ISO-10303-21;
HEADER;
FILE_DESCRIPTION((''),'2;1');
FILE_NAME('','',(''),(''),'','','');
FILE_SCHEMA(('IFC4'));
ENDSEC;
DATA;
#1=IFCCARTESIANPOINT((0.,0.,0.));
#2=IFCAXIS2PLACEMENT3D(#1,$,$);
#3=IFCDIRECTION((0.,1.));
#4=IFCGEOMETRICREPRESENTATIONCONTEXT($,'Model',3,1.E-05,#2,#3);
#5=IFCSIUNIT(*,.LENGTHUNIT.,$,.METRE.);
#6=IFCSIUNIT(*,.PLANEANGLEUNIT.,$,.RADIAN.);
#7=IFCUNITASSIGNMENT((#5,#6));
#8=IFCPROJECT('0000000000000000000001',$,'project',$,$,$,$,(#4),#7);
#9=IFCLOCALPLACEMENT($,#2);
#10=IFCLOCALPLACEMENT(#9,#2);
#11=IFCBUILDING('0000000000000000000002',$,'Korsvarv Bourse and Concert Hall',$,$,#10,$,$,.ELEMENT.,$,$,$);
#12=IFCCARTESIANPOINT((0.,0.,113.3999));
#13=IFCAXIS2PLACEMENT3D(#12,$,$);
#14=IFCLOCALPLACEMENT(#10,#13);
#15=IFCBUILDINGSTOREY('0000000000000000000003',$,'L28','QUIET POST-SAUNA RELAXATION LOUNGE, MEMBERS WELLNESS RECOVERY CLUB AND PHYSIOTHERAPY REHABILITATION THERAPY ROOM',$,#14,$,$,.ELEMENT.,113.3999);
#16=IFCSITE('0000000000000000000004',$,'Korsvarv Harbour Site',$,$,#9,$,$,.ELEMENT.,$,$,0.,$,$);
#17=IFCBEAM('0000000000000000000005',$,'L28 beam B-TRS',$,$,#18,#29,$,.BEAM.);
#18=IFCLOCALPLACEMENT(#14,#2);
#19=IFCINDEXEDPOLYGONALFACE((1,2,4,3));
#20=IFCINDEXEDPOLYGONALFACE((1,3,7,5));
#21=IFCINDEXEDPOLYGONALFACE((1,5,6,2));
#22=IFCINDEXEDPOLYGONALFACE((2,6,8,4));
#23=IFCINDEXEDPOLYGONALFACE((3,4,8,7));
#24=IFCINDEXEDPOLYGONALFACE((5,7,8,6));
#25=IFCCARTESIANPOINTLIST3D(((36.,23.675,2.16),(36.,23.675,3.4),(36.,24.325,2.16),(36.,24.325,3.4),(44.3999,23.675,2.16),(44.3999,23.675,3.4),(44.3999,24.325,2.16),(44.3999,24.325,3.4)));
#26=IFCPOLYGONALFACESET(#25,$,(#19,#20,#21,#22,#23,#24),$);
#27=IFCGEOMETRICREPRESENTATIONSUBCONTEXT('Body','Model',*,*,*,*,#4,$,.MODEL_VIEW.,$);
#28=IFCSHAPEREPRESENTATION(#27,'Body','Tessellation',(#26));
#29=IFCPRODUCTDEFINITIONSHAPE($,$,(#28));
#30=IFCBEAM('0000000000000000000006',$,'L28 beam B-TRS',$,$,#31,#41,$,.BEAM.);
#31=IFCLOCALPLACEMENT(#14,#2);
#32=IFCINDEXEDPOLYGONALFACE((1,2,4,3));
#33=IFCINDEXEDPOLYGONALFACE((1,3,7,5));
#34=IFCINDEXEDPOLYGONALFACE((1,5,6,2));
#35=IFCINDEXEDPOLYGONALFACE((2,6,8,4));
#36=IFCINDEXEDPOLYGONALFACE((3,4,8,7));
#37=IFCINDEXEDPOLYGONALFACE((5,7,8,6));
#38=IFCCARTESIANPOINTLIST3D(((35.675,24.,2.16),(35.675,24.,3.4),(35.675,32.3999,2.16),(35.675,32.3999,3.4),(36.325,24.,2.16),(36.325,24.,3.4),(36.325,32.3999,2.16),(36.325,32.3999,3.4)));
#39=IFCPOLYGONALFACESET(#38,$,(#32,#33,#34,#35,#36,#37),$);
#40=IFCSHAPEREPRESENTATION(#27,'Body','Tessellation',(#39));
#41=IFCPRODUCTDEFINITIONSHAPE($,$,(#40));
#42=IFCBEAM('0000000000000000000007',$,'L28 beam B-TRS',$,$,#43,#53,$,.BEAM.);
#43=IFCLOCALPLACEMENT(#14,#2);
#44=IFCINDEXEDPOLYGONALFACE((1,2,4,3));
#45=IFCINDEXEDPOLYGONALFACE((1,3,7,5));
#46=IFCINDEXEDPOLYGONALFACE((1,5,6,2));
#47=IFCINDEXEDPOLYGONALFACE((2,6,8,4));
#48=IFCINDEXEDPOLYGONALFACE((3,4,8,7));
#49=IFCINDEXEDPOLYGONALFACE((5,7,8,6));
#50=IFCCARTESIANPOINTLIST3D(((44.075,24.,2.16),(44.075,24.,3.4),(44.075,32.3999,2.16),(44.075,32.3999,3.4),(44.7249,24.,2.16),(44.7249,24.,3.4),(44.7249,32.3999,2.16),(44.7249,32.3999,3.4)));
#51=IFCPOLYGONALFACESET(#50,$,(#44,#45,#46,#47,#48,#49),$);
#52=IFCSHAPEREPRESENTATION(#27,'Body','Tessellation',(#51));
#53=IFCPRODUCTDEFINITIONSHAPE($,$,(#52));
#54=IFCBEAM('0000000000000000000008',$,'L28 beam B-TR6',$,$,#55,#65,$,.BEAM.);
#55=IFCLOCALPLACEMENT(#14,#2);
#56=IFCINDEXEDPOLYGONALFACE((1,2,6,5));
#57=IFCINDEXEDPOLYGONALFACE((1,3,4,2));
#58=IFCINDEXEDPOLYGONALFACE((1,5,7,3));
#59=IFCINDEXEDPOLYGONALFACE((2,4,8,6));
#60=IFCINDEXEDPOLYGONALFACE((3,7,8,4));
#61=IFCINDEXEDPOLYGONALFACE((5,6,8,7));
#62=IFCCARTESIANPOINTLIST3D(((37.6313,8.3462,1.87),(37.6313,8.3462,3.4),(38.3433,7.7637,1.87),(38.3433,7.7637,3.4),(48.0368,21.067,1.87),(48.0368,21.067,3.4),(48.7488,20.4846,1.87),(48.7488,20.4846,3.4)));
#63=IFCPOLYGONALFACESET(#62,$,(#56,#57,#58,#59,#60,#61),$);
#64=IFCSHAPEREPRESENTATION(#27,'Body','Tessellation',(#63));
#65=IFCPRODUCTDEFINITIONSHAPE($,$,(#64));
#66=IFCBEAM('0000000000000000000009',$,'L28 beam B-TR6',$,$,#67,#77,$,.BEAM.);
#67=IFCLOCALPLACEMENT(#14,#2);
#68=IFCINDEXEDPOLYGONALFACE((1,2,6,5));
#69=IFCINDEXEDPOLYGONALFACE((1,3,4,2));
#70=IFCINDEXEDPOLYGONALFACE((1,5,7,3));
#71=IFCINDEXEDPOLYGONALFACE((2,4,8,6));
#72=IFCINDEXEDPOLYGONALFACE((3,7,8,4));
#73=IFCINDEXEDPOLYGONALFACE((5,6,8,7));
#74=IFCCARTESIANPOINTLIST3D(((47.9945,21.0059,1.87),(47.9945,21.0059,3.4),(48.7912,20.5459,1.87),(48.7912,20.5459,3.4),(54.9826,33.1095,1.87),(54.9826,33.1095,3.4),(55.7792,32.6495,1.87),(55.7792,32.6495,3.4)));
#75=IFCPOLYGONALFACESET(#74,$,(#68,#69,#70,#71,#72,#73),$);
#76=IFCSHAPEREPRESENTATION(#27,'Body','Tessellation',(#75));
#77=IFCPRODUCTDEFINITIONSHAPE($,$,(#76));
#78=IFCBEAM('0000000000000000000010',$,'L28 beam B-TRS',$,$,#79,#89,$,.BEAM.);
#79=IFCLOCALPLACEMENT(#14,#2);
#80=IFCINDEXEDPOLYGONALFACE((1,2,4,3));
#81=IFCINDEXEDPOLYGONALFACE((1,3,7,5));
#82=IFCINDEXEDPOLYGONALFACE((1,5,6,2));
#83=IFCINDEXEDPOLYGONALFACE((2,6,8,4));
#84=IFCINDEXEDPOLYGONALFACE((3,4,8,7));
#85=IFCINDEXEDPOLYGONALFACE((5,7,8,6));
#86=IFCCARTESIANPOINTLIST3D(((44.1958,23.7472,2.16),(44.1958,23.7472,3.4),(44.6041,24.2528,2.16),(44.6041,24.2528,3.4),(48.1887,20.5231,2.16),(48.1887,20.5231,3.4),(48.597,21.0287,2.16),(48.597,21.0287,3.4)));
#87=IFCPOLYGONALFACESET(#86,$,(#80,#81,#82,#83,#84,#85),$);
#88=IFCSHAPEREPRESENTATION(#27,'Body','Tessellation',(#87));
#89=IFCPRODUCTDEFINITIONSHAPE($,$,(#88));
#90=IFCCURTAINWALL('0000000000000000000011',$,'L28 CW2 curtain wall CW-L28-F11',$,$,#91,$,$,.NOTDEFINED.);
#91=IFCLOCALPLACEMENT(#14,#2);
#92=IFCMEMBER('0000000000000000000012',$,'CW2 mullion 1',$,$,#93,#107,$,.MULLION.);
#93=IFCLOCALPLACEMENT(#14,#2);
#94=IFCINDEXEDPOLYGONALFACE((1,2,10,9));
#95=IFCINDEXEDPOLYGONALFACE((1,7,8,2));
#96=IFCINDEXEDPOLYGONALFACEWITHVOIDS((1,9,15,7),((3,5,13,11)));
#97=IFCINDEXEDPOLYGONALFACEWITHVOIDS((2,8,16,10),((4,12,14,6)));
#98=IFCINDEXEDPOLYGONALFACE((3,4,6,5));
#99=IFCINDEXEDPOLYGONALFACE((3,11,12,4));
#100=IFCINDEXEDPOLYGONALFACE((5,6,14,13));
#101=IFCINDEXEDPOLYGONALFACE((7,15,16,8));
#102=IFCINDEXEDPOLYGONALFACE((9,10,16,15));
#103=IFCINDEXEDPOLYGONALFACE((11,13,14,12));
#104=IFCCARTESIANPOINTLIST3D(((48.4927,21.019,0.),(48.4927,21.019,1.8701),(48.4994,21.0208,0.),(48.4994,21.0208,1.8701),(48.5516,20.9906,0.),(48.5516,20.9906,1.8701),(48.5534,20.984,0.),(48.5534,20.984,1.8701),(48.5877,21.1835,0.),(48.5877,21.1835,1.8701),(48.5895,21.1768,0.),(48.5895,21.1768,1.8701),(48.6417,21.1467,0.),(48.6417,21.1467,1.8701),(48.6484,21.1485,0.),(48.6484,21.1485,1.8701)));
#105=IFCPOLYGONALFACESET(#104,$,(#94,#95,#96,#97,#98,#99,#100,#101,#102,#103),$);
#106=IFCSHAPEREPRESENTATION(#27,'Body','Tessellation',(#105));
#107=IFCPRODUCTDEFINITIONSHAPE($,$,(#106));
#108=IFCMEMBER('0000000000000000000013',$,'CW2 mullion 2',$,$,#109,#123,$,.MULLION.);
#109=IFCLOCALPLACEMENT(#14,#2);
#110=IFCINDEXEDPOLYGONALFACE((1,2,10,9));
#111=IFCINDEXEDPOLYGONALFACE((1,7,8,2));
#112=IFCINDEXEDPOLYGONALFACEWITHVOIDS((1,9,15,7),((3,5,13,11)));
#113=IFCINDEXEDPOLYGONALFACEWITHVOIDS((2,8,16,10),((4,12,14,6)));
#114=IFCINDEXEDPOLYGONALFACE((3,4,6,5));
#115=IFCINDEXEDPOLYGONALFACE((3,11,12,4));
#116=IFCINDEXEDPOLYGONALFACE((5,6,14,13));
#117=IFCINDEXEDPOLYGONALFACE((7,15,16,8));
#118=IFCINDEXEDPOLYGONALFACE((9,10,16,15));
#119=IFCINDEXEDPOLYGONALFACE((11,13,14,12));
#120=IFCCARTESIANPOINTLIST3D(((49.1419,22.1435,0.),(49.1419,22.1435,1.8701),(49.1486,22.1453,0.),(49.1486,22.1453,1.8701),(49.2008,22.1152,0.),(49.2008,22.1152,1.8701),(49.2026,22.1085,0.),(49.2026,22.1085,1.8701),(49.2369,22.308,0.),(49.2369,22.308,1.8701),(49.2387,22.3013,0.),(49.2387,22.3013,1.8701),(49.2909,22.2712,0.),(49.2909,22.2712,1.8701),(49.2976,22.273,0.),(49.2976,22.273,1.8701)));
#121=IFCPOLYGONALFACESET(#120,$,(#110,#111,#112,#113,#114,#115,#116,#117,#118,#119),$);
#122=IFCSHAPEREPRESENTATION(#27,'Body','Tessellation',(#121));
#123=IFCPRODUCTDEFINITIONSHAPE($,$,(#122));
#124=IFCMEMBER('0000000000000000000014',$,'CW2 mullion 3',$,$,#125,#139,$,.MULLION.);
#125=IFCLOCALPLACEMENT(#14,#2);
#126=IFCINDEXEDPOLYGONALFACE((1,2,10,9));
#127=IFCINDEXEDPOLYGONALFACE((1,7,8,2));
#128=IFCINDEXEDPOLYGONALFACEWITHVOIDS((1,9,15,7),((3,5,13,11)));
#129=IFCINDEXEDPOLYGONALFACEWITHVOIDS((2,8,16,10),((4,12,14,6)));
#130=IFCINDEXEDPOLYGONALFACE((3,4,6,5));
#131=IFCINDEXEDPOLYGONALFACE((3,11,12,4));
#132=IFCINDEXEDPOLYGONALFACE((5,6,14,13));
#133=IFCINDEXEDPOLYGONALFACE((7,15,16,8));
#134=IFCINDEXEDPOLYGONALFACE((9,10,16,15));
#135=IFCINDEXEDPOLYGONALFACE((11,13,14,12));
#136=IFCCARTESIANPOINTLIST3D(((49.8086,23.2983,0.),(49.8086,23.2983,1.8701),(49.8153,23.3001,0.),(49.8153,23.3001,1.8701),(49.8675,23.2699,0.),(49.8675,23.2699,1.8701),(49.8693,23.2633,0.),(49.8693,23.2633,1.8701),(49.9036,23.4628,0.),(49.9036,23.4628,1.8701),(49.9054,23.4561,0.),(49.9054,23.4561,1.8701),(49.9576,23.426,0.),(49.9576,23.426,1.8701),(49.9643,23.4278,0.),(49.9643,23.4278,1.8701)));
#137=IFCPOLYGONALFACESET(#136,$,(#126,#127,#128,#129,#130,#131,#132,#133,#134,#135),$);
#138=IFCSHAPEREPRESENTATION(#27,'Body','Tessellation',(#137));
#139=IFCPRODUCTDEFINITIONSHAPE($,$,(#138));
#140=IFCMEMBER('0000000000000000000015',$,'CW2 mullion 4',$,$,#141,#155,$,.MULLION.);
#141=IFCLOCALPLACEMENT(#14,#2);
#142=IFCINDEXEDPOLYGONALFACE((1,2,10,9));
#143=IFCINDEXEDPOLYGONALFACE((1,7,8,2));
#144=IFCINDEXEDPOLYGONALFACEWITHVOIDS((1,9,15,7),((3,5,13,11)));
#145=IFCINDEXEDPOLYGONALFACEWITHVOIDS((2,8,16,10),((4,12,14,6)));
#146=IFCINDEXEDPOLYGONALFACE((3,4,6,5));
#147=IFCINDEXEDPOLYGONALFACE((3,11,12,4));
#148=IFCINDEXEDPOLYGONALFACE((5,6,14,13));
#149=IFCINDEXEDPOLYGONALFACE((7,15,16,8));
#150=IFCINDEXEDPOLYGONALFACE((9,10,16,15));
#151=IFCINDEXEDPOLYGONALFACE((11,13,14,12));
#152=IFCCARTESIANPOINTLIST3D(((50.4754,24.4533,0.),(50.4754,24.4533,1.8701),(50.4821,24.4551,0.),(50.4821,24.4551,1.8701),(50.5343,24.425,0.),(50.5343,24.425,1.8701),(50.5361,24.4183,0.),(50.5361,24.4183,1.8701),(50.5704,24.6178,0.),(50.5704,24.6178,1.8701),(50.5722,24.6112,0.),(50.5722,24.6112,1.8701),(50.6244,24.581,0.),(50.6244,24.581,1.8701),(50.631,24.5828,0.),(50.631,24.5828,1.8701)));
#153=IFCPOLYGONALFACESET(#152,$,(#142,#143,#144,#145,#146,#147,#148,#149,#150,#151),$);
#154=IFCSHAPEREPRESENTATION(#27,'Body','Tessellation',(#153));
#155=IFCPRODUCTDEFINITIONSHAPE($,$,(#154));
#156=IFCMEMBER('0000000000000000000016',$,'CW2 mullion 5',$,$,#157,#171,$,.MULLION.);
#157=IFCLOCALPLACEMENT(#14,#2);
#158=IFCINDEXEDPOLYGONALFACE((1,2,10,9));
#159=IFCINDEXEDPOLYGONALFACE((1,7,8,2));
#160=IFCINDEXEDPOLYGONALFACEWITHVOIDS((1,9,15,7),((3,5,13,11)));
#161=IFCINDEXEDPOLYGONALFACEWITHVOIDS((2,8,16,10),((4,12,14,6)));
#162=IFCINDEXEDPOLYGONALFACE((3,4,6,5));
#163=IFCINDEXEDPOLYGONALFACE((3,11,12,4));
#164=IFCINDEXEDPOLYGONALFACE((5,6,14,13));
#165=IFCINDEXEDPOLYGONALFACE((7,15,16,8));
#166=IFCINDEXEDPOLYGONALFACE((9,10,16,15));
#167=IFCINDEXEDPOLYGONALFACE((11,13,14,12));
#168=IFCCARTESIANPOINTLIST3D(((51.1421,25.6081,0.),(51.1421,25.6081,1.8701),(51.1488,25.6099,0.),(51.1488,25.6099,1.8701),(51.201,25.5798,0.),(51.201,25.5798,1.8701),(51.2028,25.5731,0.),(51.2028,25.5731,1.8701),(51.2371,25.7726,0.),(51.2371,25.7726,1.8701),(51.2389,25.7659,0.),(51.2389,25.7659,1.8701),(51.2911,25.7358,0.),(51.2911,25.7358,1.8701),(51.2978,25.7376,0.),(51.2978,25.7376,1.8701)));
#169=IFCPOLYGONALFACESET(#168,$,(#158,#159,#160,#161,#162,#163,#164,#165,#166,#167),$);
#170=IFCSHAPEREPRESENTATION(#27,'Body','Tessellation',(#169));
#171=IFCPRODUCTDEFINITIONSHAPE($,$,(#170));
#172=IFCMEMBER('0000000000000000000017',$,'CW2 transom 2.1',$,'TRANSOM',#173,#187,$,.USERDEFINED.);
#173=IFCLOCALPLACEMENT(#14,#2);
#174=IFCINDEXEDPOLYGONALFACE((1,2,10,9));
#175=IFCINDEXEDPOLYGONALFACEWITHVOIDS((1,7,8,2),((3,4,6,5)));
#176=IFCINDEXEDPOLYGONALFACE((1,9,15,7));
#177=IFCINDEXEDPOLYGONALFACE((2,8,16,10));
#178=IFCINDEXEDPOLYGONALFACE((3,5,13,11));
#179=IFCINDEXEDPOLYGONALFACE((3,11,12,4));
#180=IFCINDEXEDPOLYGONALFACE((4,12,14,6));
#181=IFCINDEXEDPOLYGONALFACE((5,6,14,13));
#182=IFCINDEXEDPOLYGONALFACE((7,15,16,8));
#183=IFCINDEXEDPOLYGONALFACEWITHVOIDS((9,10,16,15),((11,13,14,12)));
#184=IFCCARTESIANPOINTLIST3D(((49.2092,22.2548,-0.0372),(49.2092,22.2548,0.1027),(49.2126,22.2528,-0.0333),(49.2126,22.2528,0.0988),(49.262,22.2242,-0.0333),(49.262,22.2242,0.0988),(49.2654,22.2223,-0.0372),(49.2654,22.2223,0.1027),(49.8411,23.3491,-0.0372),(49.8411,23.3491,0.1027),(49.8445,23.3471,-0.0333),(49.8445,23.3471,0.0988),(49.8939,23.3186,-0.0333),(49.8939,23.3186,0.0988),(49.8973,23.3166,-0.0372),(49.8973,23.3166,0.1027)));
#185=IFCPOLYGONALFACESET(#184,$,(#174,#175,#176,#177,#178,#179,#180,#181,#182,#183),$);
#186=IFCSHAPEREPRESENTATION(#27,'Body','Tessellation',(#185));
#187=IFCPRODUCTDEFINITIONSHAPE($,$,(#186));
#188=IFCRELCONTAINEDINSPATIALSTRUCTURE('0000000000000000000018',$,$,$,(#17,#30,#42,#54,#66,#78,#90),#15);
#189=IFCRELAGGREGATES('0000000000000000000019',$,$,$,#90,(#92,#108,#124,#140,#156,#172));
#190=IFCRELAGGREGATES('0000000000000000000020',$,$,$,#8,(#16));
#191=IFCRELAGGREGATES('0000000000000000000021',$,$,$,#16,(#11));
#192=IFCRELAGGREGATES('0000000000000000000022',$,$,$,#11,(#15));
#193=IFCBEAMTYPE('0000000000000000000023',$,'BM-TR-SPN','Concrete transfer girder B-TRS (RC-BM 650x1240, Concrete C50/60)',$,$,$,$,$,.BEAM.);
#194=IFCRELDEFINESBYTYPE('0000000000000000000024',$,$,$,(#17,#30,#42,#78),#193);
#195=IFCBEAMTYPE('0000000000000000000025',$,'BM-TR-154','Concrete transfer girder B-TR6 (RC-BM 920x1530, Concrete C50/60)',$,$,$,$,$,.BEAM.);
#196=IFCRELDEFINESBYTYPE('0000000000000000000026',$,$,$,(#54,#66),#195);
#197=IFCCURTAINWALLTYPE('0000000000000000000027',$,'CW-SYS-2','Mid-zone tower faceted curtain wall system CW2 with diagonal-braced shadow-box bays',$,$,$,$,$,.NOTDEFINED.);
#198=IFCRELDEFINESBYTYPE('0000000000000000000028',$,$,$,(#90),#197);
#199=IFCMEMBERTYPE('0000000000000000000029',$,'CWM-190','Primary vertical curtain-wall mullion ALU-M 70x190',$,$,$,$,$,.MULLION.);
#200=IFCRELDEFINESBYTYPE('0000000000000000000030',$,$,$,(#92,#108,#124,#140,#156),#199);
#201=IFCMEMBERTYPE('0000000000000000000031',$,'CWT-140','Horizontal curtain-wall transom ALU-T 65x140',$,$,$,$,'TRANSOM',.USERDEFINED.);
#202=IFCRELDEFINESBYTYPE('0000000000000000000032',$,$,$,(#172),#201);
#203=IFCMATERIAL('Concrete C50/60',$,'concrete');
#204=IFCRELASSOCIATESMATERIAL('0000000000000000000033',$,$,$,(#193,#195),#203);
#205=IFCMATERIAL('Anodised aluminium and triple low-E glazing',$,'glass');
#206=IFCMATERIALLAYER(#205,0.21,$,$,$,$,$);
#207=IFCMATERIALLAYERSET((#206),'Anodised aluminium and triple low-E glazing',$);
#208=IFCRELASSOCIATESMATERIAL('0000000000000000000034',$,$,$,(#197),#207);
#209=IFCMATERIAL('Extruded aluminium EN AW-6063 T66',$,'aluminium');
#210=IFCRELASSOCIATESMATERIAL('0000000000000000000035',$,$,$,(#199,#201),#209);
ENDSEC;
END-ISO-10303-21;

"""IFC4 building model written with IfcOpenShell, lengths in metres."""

from ifc_helpers import new_model, si_unit, direction, frame, origin, origin_2d, place, context, subcontext, project, spatial, rectangle, hollow_rectangle, extrude, source, transform, mapped, material, layer, layer_set, material_profile, profile_set, type_object, element, aggregate, save


model = new_model("IFC4")

# Units and contexts
model_context = context("Model", 3, precision=1e-05, world=origin(), true_north=direction((0.0, 1.0)))
body_context = subcontext(model_context, "Body", "Model", "MODEL_VIEW")
ifc_project = project(units=[si_unit("LENGTHUNIT", "METRE"), si_unit("PLANEANGLEUNIT", "RADIAN")], contexts=[model_context])

# Site, building, storey
site_placement = place(None, origin())
site = spatial("IfcSite", under=ifc_project, at=site_placement, Name="Korsvarv Harbour Site", CompositionType="ELEMENT", RefElevation=0.0)
building_placement = place(site_placement, origin())
building = spatial("IfcBuilding", under=site, at=building_placement, Name="Korsvarv Bourse and Concert Hall", CompositionType="ELEMENT")
storey_placement = place(building_placement, frame((0.0, 0.0, 113.3999)))
storey = spatial("IfcBuildingStorey", under=building, at=storey_placement, Name="L28", Description="QUIET POST-SAUNA RELAXATION LOUNGE, MEMBERS WELLNESS RECOVERY CLUB AND PHYSIOTHERAPY REHABILITATION THERAPY ROOM", CompositionType="ELEMENT", Elevation=113.3999)

# Beams
ifc_material_1 = material(Name="Concrete C50/60", Category="concrete")
ifc_material_profile_1 = material_profile(ifc_material_1, rectangle(XDim=0.6499, YDim=1.24, at=origin_2d()), Name="RC-BM 650x1240")
ifc_profile_set_1 = profile_set([ifc_material_profile_1], Name="Concrete C50/60")
beam_type_1 = type_object("IfcBeamType", Name="BM-TR-SPN", Description="Concrete transfer girder B-TRS (RC-BM 650x1240, Concrete C50/60)", PredefinedType="BEAM", material=ifc_profile_set_1)
shared_shape_1 = source(origin(), body_context, "Body", "SweptSolid", [
    extrude(rectangle(XDim=0.6499, YDim=1.24, at=origin_2d()), origin(), (0.0, 0.0, 1.0), 8.3999),
])
for number, where, z_axis, x_axis, name in (
    (1, (36.0, 24.0, 2.78), (1.0, 0.0, 0.0), (0.0, 1.0, 0.0), "L28 beam B-TRS"),
    (2, (36.0, 24.0, 2.78), (0.0, 1.0, 0.0), (-1.0, 0.0, 0.0), "L28 beam B-TRS"),
    (3, (44.3999, 24.0, 2.78), (0.0, 1.0, 0.0), (-1.0, 0.0, 0.0), "L28 beam B-TRS"),
):
    element("IfcBeam", number, at=place(storey_placement, frame(where, z_axis=z_axis, x_axis=x_axis)), inside=storey, type_object=beam_type_1, Name=name, PredefinedType="BEAM", context=body_context, shape_type="MappedRepresentation", body=[
        mapped(shared_shape_1, transform((0.0, 0.0, 0.0), scale=1.0)),
    ])
ifc_material_profile_2 = material_profile(ifc_material_1, rectangle(XDim=0.9199, YDim=1.53, at=origin_2d()), Name="RC-BM 920x1530")
ifc_profile_set_2 = profile_set([ifc_material_profile_2], Name="Concrete C50/60")
beam_type_2 = type_object("IfcBeamType", Name="BM-TR-154", Description="Concrete transfer girder B-TR6 (RC-BM 920x1530, Concrete C50/60)", PredefinedType="BEAM", material=ifc_profile_set_2)
shared_shape_2 = source(origin(), body_context, "Body", "SweptSolid", [
    extrude(rectangle(XDim=0.9199, YDim=1.53, at=origin_2d()), origin(), (0.0, 0.0, 1.0), 16.4346),
])
beam_1_placement = place(storey_placement, frame((37.9873, 8.0549, 2.635), z_axis=(0.633146, 0.774033, 0.0), x_axis=(-0.774033, 0.633146, 0.0)))
element("IfcBeam", 4, at=beam_1_placement, inside=storey, type_object=beam_type_2, Name="L28 beam B-TR6", PredefinedType="BEAM", context=body_context, shape_type="MappedRepresentation", body=[
    mapped(shared_shape_2, transform((0.0, 0.0, 0.0), scale=1.0)),
])
shared_shape_3 = source(origin(), body_context, "Body", "SweptSolid", [
    extrude(rectangle(XDim=0.9199, YDim=1.53, at=origin_2d()), origin(), (0.0, 0.0, 1.0), 13.9761),
])
beam_2_placement = place(storey_placement, frame((48.3928, 20.7759, 2.635), z_axis=(0.500004, 0.866023, 0.0), x_axis=(-0.866023, 0.500004, 0.0)))
element("IfcBeam", 5, at=beam_2_placement, inside=storey, type_object=beam_type_2, Name="L28 beam B-TR6", PredefinedType="BEAM", context=body_context, shape_type="MappedRepresentation", body=[
    mapped(shared_shape_3, transform((0.0, 0.0, 0.0), scale=1.0)),
])
shared_shape_4 = source(origin(), body_context, "Body", "SweptSolid", [
    extrude(rectangle(XDim=0.6499, YDim=1.24, at=origin_2d()), origin(), (0.0, 0.0, 1.0), 5.1321),
])
beam_3_placement = place(storey_placement, frame((48.3928, 20.7759, 2.78), z_axis=(-0.77803, 0.628227, 0.0), x_axis=(-0.628227, -0.77803, 0.0)))
element("IfcBeam", 6, at=beam_3_placement, inside=storey, type_object=beam_type_1, Name="L28 beam B-TRS", PredefinedType="BEAM", context=body_context, shape_type="MappedRepresentation", body=[
    mapped(shared_shape_4, transform((0.0, 0.0, 0.0), scale=1.0)),
])

# Curtain wall, members
ifc_material_2 = material(Name="Anodised aluminium and triple low-E glazing", Category="glass")
ifc_layer_1 = layer(ifc_material_2, 0.21)
ifc_layer_set_1 = layer_set([ifc_layer_1], Name="Anodised aluminium and triple low-E glazing")
curtain_wall_type = type_object("IfcCurtainWallType", Name="CW-SYS-2", Description="Mid-zone tower faceted curtain wall system CW2 with diagonal-braced shadow-box bays", PredefinedType="NOTDEFINED", material=ifc_layer_set_1)
curtain_wall_placement = place(storey_placement, origin())
curtain_wall = element("IfcCurtainWall", 7, at=curtain_wall_placement, inside=storey, type_object=curtain_wall_type, Name="L28 CW2 curtain wall CW-L28-F11", PredefinedType="NOTDEFINED")
ifc_material_3 = material(Name="Extruded aluminium EN AW-6063 T66", Category="aluminium")
ifc_material_profile_3 = material_profile(ifc_material_3, hollow_rectangle(XDim=0.0701, YDim=0.1899, WallThickness=0.0049, at=origin_2d()), Name="ALU-M 70x190")
ifc_profile_set_3 = profile_set([ifc_material_profile_3], Name="Extruded aluminium EN AW-6063 T66")
member_type_1 = type_object("IfcMemberType", Name="CWM-190", Description="Primary vertical curtain-wall mullion ALU-M 70x190", PredefinedType="MULLION", material=ifc_profile_set_3)
shared_shape_5 = source(origin(), body_context, "Body", "SweptSolid", [
    extrude(hollow_rectangle(XDim=0.0701, YDim=0.1899, WallThickness=0.0049, at=origin_2d()), origin(), (0.0, 0.0, 1.0), 1.8701),
])
member_1_placement = place(storey_placement, frame((48.5706, 21.0837, 0.0), z_axis=(0.0, 0.0, 1.0), x_axis=(-0.866022, 0.500006, 0.0)))
member_1 = element("IfcMember", 8, at=member_1_placement, type_object=member_type_1, Name="CW2 mullion 1", PredefinedType="MULLION", context=body_context, shape_type="MappedRepresentation", body=[
    mapped(shared_shape_5, transform((0.0, 0.0, 0.0), scale=1.0)),
])
member_2_placement = place(storey_placement, frame((49.2197, 22.2083, 0.0), z_axis=(0.0, 0.0, 1.0), x_axis=(-0.866022, 0.500006, 0.0)))
member_2 = element("IfcMember", 9, at=member_2_placement, type_object=member_type_1, Name="CW2 mullion 2", PredefinedType="MULLION", context=body_context, shape_type="MappedRepresentation", body=[
    mapped(shared_shape_5, transform((0.0, 0.0, 0.0), scale=1.0)),
])
member_3_placement = place(storey_placement, frame((49.8865, 23.363, 0.0), z_axis=(0.0, 0.0, 1.0), x_axis=(-0.866022, 0.500006, 0.0)))
member_3 = element("IfcMember", 10, at=member_3_placement, type_object=member_type_1, Name="CW2 mullion 3", PredefinedType="MULLION", context=body_context, shape_type="MappedRepresentation", body=[
    mapped(shared_shape_5, transform((0.0, 0.0, 0.0), scale=1.0)),
])
member_4_placement = place(storey_placement, frame((50.5532, 24.5181, 0.0), z_axis=(0.0, 0.0, 1.0), x_axis=(-0.866022, 0.500006, 0.0)))
member_4 = element("IfcMember", 11, at=member_4_placement, type_object=member_type_1, Name="CW2 mullion 4", PredefinedType="MULLION", context=body_context, shape_type="MappedRepresentation", body=[
    mapped(shared_shape_5, transform((0.0, 0.0, 0.0), scale=1.0)),
])
member_5_placement = place(storey_placement, frame((51.22, 25.6729, 0.0), z_axis=(0.0, 0.0, 1.0), x_axis=(-0.866022, 0.500006, 0.0)))
member_5 = element("IfcMember", 12, at=member_5_placement, type_object=member_type_1, Name="CW2 mullion 5", PredefinedType="MULLION", context=body_context, shape_type="MappedRepresentation", body=[
    mapped(shared_shape_5, transform((0.0, 0.0, 0.0), scale=1.0)),
])
ifc_material_profile_4 = material_profile(ifc_material_3, hollow_rectangle(XDim=0.0649, YDim=0.1399, WallThickness=0.0039, at=origin_2d()), Name="ALU-T 65x140")
ifc_profile_set_4 = profile_set([ifc_material_profile_4], Name="Extruded aluminium EN AW-6063 T66")
member_type_2 = type_object("IfcMemberType", Name="CWT-140", Description="Horizontal curtain-wall transom ALU-T 65x140", ElementType="TRANSOM", PredefinedType="USERDEFINED", material=ifc_profile_set_4)
shared_shape_6 = source(origin(), body_context, "Body", "SweptSolid", [
    extrude(hollow_rectangle(XDim=0.0649, YDim=0.1399, WallThickness=0.0039, at=origin_2d()), origin(), (0.0, 0.0, 1.0), 1.2637),
])
member_6_placement = place(storey_placement, frame((49.2373, 22.2385, 0.0327), z_axis=(0.500046, 0.865999, 0.0), x_axis=(-0.865999, 0.500046, 0.0)))
member_6 = element("IfcMember", 13, at=member_6_placement, type_object=member_type_2, Name="CW2 transom 2.1", ObjectType="TRANSOM", PredefinedType="USERDEFINED", context=body_context, shape_type="MappedRepresentation", body=[
    mapped(shared_shape_6, transform((0.0, 0.0, 0.0), scale=1.0)),
])
aggregate(curtain_wall, [member_1, member_2, member_3, member_4, member_5, member_6])

save(model, "model.ifc")
